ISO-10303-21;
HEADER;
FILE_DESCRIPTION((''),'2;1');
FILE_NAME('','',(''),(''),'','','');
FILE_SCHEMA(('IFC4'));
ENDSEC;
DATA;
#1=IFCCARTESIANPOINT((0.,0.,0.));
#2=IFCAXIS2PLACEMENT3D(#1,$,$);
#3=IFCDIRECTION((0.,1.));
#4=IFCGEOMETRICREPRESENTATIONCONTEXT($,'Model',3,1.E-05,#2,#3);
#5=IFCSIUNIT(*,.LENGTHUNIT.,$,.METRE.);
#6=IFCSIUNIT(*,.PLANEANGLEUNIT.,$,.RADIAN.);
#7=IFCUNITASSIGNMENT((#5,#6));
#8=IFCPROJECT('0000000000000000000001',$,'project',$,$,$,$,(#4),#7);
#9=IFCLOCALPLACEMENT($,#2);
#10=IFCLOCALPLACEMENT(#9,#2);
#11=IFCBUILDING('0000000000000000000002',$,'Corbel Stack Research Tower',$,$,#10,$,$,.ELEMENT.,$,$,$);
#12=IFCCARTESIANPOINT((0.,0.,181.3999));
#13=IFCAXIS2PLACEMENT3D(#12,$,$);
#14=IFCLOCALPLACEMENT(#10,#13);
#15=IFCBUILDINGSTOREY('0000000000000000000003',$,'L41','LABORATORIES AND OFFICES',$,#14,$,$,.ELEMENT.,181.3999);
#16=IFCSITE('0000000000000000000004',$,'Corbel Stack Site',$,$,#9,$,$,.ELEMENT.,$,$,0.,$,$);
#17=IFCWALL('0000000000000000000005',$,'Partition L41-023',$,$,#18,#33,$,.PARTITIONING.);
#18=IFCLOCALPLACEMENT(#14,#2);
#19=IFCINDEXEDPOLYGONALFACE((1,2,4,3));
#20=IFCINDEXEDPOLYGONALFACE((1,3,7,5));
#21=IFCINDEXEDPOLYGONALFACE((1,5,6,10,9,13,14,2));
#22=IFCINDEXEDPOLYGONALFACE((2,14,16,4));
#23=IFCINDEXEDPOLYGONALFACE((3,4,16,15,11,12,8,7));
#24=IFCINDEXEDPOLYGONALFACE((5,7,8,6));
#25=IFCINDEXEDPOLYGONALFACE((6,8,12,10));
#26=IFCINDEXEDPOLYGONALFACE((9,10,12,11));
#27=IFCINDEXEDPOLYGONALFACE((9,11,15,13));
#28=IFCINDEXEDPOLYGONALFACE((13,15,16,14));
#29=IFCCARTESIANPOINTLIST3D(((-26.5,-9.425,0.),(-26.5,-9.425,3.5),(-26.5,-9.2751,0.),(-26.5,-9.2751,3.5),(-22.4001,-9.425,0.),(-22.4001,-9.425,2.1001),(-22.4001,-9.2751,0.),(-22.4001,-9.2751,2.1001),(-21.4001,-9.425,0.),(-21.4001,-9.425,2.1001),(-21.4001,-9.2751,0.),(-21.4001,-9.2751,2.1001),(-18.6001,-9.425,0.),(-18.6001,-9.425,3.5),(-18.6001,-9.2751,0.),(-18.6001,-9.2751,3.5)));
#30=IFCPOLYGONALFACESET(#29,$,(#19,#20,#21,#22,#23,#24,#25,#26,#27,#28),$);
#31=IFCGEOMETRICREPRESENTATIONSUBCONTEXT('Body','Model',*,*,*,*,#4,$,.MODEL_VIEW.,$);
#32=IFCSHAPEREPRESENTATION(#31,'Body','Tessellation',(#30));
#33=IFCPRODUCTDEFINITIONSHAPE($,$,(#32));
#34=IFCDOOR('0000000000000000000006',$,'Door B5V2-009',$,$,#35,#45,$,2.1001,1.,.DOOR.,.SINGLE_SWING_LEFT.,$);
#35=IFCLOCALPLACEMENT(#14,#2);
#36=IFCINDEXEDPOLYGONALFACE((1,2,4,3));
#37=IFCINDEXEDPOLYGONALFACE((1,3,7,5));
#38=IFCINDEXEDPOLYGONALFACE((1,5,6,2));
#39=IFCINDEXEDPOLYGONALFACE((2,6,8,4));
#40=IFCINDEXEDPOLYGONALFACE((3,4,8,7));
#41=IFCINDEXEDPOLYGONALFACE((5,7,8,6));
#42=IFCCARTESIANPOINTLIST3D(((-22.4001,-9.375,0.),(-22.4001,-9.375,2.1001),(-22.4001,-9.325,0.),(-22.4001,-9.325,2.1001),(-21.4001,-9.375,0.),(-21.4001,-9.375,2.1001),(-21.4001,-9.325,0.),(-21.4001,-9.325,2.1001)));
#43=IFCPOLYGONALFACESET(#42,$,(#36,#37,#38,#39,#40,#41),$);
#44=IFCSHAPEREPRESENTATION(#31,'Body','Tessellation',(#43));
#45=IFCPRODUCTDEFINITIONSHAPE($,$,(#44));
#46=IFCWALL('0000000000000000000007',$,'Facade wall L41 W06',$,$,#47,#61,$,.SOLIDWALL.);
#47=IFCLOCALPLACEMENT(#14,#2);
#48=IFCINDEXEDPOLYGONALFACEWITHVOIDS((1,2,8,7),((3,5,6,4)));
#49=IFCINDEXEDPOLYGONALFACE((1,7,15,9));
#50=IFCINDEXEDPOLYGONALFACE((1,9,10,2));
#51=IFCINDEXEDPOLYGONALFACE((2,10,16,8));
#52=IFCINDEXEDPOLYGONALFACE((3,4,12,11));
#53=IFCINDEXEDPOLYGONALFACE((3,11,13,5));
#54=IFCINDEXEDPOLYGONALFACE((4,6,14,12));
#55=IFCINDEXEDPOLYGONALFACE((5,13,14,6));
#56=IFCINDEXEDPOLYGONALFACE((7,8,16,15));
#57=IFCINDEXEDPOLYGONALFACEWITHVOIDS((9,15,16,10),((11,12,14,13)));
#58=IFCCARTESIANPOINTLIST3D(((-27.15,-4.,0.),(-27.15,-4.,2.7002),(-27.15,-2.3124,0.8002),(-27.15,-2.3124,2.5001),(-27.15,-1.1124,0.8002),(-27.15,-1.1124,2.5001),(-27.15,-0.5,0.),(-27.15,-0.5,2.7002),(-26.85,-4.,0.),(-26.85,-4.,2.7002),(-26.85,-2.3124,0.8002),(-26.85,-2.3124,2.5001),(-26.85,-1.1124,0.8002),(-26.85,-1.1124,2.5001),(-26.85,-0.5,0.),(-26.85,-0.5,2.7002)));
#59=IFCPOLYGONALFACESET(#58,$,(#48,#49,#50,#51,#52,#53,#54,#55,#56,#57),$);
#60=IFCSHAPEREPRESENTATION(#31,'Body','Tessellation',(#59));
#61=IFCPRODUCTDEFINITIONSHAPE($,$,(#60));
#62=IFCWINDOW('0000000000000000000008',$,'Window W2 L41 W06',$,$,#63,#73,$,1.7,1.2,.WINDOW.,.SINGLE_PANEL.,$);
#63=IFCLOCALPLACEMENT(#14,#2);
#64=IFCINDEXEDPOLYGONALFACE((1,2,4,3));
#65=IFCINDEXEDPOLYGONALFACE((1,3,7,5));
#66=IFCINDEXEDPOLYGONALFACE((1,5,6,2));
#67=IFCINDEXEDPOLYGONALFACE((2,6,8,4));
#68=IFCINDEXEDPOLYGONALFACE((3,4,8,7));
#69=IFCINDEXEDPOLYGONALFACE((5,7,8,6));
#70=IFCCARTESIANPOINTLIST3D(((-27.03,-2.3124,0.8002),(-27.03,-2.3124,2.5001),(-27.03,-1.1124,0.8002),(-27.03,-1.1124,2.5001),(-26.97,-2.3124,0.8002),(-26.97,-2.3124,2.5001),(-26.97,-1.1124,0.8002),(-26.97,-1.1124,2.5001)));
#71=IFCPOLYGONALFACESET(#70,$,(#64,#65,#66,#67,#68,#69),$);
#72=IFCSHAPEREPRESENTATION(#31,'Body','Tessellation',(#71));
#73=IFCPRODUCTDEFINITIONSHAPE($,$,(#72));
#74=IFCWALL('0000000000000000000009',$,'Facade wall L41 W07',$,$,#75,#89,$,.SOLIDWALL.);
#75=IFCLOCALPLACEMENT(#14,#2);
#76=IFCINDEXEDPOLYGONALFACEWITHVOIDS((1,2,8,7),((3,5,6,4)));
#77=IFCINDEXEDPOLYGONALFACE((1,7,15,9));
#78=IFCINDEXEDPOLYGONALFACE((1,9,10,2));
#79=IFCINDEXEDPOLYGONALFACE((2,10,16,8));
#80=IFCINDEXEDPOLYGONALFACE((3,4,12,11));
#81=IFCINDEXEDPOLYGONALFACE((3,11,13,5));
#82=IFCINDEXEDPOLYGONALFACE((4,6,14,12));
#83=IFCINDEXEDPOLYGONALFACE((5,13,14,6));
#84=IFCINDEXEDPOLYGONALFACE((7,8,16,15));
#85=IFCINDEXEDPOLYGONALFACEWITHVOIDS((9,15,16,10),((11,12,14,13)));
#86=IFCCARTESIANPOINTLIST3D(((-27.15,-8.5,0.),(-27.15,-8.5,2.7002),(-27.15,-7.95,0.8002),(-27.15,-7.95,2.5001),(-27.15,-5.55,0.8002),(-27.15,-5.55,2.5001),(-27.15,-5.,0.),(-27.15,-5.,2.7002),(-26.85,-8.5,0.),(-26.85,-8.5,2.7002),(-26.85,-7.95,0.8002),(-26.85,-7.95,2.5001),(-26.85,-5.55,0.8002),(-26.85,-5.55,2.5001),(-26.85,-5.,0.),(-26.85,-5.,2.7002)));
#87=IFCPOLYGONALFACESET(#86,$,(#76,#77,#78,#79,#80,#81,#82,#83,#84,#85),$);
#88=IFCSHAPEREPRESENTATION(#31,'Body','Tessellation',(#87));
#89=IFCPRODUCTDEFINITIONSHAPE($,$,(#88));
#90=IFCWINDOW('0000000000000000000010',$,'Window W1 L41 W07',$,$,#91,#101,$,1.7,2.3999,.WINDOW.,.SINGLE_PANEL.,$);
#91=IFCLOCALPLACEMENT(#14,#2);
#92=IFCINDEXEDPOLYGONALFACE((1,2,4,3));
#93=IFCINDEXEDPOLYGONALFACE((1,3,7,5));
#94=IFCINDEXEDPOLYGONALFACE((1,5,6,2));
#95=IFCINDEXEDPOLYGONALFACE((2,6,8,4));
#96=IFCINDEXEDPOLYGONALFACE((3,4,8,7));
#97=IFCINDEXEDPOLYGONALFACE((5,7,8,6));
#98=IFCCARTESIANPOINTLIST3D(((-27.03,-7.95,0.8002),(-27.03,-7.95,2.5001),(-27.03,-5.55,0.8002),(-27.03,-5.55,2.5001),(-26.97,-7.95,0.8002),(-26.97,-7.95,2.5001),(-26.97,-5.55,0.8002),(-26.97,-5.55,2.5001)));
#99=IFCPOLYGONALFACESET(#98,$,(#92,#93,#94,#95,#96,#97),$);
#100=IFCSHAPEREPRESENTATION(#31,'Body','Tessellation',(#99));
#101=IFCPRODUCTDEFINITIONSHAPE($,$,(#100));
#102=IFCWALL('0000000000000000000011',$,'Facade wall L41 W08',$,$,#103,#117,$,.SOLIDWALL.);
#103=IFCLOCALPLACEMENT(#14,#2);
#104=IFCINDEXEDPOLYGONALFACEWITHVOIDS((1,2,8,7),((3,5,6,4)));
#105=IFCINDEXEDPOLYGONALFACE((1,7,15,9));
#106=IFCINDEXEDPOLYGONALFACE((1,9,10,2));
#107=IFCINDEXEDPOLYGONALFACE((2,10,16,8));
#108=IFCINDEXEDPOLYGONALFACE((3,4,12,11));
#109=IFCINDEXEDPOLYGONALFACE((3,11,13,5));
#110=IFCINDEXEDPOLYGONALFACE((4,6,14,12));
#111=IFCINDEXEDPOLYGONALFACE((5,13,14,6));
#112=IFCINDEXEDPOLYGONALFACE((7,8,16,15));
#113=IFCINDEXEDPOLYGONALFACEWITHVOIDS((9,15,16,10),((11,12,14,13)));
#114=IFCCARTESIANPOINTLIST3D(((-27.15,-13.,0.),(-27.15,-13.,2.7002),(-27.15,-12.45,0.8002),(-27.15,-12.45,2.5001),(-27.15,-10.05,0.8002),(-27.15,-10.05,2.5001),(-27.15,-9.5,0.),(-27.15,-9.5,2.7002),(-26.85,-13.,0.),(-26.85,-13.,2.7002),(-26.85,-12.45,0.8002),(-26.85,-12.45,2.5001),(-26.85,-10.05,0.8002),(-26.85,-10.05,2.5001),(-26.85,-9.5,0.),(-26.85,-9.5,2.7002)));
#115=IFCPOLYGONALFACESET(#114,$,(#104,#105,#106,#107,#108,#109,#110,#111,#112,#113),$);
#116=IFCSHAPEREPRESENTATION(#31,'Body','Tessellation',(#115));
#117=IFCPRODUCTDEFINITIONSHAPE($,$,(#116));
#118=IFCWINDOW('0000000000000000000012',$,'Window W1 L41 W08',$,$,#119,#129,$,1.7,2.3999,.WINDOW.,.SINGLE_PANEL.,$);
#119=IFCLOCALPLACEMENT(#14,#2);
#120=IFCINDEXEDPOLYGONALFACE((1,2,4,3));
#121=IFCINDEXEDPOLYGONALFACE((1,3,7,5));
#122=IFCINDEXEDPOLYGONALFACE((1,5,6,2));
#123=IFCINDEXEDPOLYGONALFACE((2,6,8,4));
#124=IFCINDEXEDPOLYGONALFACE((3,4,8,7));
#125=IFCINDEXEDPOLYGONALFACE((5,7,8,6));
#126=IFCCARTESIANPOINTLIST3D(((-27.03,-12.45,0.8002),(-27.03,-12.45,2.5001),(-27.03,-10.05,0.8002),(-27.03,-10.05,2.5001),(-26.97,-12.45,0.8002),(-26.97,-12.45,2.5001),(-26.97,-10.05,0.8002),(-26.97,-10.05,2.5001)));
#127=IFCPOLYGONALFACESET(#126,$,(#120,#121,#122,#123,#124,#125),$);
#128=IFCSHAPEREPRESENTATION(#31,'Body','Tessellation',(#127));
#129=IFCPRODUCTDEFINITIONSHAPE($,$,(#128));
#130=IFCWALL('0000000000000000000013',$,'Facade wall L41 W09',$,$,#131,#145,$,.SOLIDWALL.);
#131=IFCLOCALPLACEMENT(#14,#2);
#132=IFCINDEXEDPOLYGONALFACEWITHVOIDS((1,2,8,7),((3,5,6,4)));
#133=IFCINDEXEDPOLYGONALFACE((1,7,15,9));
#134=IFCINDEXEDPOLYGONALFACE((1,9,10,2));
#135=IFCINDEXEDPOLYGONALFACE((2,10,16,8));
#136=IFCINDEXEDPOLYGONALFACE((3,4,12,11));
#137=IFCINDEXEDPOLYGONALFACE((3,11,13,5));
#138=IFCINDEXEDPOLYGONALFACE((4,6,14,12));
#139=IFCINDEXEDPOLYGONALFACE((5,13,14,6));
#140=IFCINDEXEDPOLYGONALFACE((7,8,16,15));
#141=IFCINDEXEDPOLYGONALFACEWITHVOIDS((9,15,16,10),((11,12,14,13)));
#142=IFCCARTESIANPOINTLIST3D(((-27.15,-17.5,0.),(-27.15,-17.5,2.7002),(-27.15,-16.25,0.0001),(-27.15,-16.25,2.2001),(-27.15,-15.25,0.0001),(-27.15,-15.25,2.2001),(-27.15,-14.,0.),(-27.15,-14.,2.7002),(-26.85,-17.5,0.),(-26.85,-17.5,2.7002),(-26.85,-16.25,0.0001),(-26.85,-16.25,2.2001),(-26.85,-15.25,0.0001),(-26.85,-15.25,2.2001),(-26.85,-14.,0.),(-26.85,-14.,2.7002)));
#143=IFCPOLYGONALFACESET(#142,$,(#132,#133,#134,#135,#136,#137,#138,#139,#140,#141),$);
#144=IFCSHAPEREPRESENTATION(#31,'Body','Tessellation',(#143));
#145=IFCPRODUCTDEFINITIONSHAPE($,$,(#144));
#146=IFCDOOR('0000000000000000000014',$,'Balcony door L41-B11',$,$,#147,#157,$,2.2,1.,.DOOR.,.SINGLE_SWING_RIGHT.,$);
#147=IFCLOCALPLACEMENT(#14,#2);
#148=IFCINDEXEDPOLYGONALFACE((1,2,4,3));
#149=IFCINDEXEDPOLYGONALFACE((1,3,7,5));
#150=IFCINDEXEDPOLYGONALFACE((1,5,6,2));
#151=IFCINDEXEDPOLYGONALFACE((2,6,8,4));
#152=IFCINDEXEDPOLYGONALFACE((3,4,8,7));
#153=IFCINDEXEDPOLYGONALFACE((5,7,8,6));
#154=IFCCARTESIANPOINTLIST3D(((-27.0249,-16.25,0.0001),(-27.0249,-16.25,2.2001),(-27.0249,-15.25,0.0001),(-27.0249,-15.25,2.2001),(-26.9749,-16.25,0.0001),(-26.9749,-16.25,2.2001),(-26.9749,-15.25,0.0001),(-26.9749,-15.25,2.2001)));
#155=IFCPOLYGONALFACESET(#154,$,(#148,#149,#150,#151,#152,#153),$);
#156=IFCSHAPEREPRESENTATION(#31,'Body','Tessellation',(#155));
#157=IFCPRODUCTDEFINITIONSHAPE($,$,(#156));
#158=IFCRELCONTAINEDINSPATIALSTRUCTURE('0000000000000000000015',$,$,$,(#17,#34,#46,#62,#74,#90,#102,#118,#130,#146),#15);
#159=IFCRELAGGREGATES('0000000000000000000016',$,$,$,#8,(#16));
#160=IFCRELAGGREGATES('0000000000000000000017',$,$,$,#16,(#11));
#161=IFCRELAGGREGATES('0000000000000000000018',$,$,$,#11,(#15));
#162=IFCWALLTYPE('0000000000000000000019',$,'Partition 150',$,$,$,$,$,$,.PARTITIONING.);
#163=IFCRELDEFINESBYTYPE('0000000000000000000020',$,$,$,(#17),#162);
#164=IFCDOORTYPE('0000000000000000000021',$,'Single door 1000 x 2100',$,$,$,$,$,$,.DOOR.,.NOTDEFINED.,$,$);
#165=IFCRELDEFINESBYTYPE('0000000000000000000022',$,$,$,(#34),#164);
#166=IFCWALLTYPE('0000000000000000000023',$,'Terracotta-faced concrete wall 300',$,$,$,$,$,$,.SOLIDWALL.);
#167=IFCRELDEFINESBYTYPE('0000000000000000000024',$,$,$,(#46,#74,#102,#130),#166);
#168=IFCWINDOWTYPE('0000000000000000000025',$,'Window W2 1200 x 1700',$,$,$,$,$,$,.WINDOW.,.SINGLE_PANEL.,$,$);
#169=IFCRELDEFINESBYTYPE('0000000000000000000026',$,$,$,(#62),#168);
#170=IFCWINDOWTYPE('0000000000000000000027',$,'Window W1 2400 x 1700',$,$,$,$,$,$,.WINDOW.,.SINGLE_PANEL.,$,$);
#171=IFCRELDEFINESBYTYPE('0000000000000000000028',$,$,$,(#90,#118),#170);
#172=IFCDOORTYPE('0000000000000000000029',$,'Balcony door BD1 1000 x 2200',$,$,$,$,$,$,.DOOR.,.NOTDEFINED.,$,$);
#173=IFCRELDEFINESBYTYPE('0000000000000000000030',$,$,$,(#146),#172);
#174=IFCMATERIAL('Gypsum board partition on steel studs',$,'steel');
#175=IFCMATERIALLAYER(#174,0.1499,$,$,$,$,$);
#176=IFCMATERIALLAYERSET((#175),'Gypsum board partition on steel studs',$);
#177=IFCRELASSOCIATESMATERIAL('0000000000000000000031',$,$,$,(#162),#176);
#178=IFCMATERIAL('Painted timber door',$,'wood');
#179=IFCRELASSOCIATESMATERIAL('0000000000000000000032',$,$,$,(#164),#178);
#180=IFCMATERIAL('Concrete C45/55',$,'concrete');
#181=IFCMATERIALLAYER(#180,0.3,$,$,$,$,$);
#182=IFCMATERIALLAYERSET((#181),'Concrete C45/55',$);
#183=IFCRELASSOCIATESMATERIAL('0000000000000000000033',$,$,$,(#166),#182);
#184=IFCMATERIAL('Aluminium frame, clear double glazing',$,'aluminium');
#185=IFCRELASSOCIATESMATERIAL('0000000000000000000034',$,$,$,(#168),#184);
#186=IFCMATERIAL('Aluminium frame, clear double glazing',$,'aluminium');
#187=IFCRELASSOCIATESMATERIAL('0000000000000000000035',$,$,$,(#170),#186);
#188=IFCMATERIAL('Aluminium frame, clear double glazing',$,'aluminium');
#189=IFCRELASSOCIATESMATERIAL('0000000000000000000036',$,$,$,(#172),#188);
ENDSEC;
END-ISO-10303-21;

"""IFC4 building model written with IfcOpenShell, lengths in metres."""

from ifc_helpers import new_model, si_unit, direction, frame, frame_2d, origin, place, context, subcontext, project, spatial, rectangle, extrude, material, layer, layer_set, type_object, element, fill, save


model = new_model("IFC4")

# Units and contexts
model_context = context("Model", 3, precision=1e-05, world=origin(), true_north=direction((0.0, 1.0)))
body_context = subcontext(model_context, "Body", "Model", "MODEL_VIEW")
ifc_project = project(units=[si_unit("LENGTHUNIT", "METRE"), si_unit("PLANEANGLEUNIT", "RADIAN")], contexts=[model_context])

# Site, building, storey
site_placement = place(None, origin())
site = spatial("IfcSite", under=ifc_project, at=site_placement, Name="Corbel Stack Site", CompositionType="ELEMENT", RefElevation=0.0)
building_placement = place(site_placement, origin())
building = spatial("IfcBuilding", under=site, at=building_placement, Name="Corbel Stack Research Tower", CompositionType="ELEMENT")
storey_placement = place(building_placement, frame((0.0, 0.0, 181.3999)))
storey = spatial("IfcBuildingStorey", under=building, at=storey_placement, Name="L41", Description="LABORATORIES AND OFFICES", CompositionType="ELEMENT", Elevation=181.3999)

# Wall, opening, door
ifc_material_1 = material(Name="Gypsum board partition on steel studs", Category="steel")
ifc_layer_1 = layer(ifc_material_1, 0.1499)
ifc_layer_set_1 = layer_set([ifc_layer_1], Name="Gypsum board partition on steel studs")
wall_type_1 = type_object("IfcWallType", Name="Partition 150", PredefinedType="PARTITIONING", material=ifc_layer_set_1)
wall_1_placement = place(storey_placement, frame((-18.6001, -9.3501, 0.0), z_axis=(0.0, 0.0, 1.0), x_axis=(-1.0, 0.0, 0.0)))
wall_1 = element("IfcWall", 1, at=wall_1_placement, inside=storey, type_object=wall_type_1, Name="Partition L41-023", PredefinedType="PARTITIONING", context=body_context, shape_type="SweptSolid", body=[
    extrude(rectangle(XDim=7.8999, YDim=0.1499, at=frame_2d((3.95, 0.0))), origin(), (0.0, 0.0, 1.0), 3.5),
])
opening_1_placement = place(wall_1_placement, frame((2.8, 0.0, 0.0)))
opening_1 = element("IfcOpeningElement", 2, at=opening_1_placement, cuts=wall_1, PredefinedType="OPENING", context=body_context, shape_type="SweptSolid", body=[
    extrude(rectangle(XDim=1.0, YDim=2.1001, at=frame_2d((0.5, 1.05))), frame((0.0, 0.085, 0.0), z_axis=(0.0, -1.0, 0.0), x_axis=(1.0, 0.0, 0.0)), (0.0, 0.0, 1.0), 0.1699),
])
ifc_material_2 = material(Name="Painted timber door", Category="wood")
door_type_1 = type_object("IfcDoorType", Name="Single door 1000 x 2100", OperationType="NOTDEFINED", PredefinedType="DOOR", material=ifc_material_2)
door_1_placement = place(opening_1_placement, origin())
door_1 = element("IfcDoor", 3, at=door_1_placement, inside=storey, type_object=door_type_1, Name="Door B5V2-009", OperationType="SINGLE_SWING_LEFT", OverallHeight=2.1001, OverallWidth=1.0, PredefinedType="DOOR", context=body_context, shape_type="SweptSolid", body=[
    extrude(rectangle(XDim=1.0, YDim=2.1001, at=frame_2d((0.5, 1.05))), frame((0.0, 0.0249, 0.0), z_axis=(0.0, -1.0, 0.0), x_axis=(1.0, 0.0, 0.0)), (0.0, 0.0, 1.0), 0.05),
])
fill(opening_1, door_1)

# Walls, openings, windows
ifc_material_3 = material(Name="Concrete C45/55", Category="concrete")
ifc_layer_2 = layer(ifc_material_3, 0.3)
ifc_layer_set_2 = layer_set([ifc_layer_2], Name="Concrete C45/55")
wall_type_2 = type_object("IfcWallType", Name="Terracotta-faced concrete wall 300", PredefinedType="SOLIDWALL", material=ifc_layer_set_2)
wall_2_placement = place(storey_placement, frame((-27.0, -4.0, 0.0), z_axis=(0.0, 0.0, 1.0), x_axis=(0.0, 1.0, 0.0)))
wall_2 = element("IfcWall", 4, at=wall_2_placement, inside=storey, type_object=wall_type_2, Name="Facade wall L41 W06", PredefinedType="SOLIDWALL", context=body_context, shape_type="SweptSolid", body=[
    extrude(rectangle(XDim=3.5, YDim=0.3, at=frame_2d((1.75, 0.0))), origin(), (0.0, 0.0, 1.0), 2.7002),
])
opening_2_placement = place(wall_2_placement, frame((1.6875, 0.0, 0.8)))
opening_2 = element("IfcOpeningElement", 5, at=opening_2_placement, cuts=wall_2, PredefinedType="OPENING", context=body_context, shape_type="SweptSolid", body=[
    extrude(rectangle(XDim=1.2, YDim=1.7, at=frame_2d((0.6001, 0.8501))), frame((0.0, 0.1599, 0.0), z_axis=(0.0, -1.0, 0.0), x_axis=(1.0, 0.0, 0.0)), (0.0, 0.0, 1.0), 0.3201),
])
ifc_material_4 = material(Name="Aluminium frame, clear double glazing", Category="aluminium")
window_type_1 = type_object("IfcWindowType", Name="Window W2 1200 x 1700", PartitioningType="SINGLE_PANEL", PredefinedType="WINDOW", material=ifc_material_4)
window_1_placement = place(opening_2_placement, origin())
window_1 = element("IfcWindow", 6, at=window_1_placement, inside=storey, type_object=window_type_1, Name="Window W2 L41 W06", OverallHeight=1.7, OverallWidth=1.2, PartitioningType="SINGLE_PANEL", PredefinedType="WINDOW", context=body_context, shape_type="SweptSolid", body=[
    extrude(rectangle(XDim=1.2, YDim=1.7, at=frame_2d((0.6001, 0.8501))), frame((0.0, 0.03, 0.0), z_axis=(0.0, -1.0, 0.0), x_axis=(1.0, 0.0, 0.0)), (0.0, 0.0, 1.0), 0.0601),
])
fill(opening_2, window_1)
wall_3_placement = place(storey_placement, frame((-27.0, -8.5, 0.0), z_axis=(0.0, 0.0, 1.0), x_axis=(0.0, 1.0, 0.0)))
wall_3 = element("IfcWall", 7, at=wall_3_placement, inside=storey, type_object=wall_type_2, Name="Facade wall L41 W07", PredefinedType="SOLIDWALL", context=body_context, shape_type="SweptSolid", body=[
    extrude(rectangle(XDim=3.5, YDim=0.3, at=frame_2d((1.75, 0.0))), origin(), (0.0, 0.0, 1.0), 2.7002),
])
opening_3_placement = place(wall_3_placement, frame((0.55, 0.0, 0.8)))
opening_3 = element("IfcOpeningElement", 8, at=opening_3_placement, cuts=wall_3, PredefinedType="OPENING", context=body_context, shape_type="SweptSolid", body=[
    extrude(rectangle(XDim=2.3999, YDim=1.7, at=frame_2d((1.2, 0.8501))), frame((0.0, 0.1599, 0.0), z_axis=(0.0, -1.0, 0.0), x_axis=(1.0, 0.0, 0.0)), (0.0, 0.0, 1.0), 0.3201),
])
ifc_material_5 = material(Name="Aluminium frame, clear double glazing", Category="aluminium")
window_type_2 = type_object("IfcWindowType", Name="Window W1 2400 x 1700", PartitioningType="SINGLE_PANEL", PredefinedType="WINDOW", material=ifc_material_5)
window_2_placement = place(opening_3_placement, origin())
window_2 = element("IfcWindow", 9, at=window_2_placement, inside=storey, type_object=window_type_2, Name="Window W1 L41 W07", OverallHeight=1.7, OverallWidth=2.3999, PartitioningType="SINGLE_PANEL", PredefinedType="WINDOW", context=body_context, shape_type="SweptSolid", body=[
    extrude(rectangle(XDim=2.3999, YDim=1.7, at=frame_2d((1.2, 0.8501))), frame((0.0, 0.03, 0.0), z_axis=(0.0, -1.0, 0.0), x_axis=(1.0, 0.0, 0.0)), (0.0, 0.0, 1.0), 0.0601),
])
fill(opening_3, window_2)
wall_4_placement = place(storey_placement, frame((-27.0, -13.0, 0.0), z_axis=(0.0, 0.0, 1.0), x_axis=(0.0, 1.0, 0.0)))
wall_4 = element("IfcWall", 10, at=wall_4_placement, inside=storey, type_object=wall_type_2, Name="Facade wall L41 W08", PredefinedType="SOLIDWALL", context=body_context, shape_type="SweptSolid", body=[
    extrude(rectangle(XDim=3.5, YDim=0.3, at=frame_2d((1.75, 0.0))), origin(), (0.0, 0.0, 1.0), 2.7002),
])
opening_4_placement = place(wall_4_placement, frame((0.55, 0.0, 0.8)))
opening_4 = element("IfcOpeningElement", 11, at=opening_4_placement, cuts=wall_4, PredefinedType="OPENING", context=body_context, shape_type="SweptSolid", body=[
    extrude(rectangle(XDim=2.3999, YDim=1.7, at=frame_2d((1.2, 0.8501))), frame((0.0, 0.1599, 0.0), z_axis=(0.0, -1.0, 0.0), x_axis=(1.0, 0.0, 0.0)), (0.0, 0.0, 1.0), 0.3201),
])
window_3_placement = place(opening_4_placement, origin())
window_3 = element("IfcWindow", 12, at=window_3_placement, inside=storey, type_object=window_type_2, Name="Window W1 L41 W08", OverallHeight=1.7, OverallWidth=2.3999, PartitioningType="SINGLE_PANEL", PredefinedType="WINDOW", context=body_context, shape_type="SweptSolid", body=[
    extrude(rectangle(XDim=2.3999, YDim=1.7, at=frame_2d((1.2, 0.8501))), frame((0.0, 0.03, 0.0), z_axis=(0.0, -1.0, 0.0), x_axis=(1.0, 0.0, 0.0)), (0.0, 0.0, 1.0), 0.0601),
])
fill(opening_4, window_3)

# Wall, opening, door
wall_5_placement = place(storey_placement, frame((-27.0, -17.5, 0.0), z_axis=(0.0, 0.0, 1.0), x_axis=(0.0, 1.0, 0.0)))
wall_5 = element("IfcWall", 13, at=wall_5_placement, inside=storey, type_object=wall_type_2, Name="Facade wall L41 W09", PredefinedType="SOLIDWALL", context=body_context, shape_type="SweptSolid", body=[
    extrude(rectangle(XDim=3.5, YDim=0.3, at=frame_2d((1.75, 0.0))), origin(), (0.0, 0.0, 1.0), 2.7002),
])
opening_5_placement = place(wall_5_placement, frame((1.25, 0.0, 0.0)))
opening_5 = element("IfcOpeningElement", 14, at=opening_5_placement, cuts=wall_5, PredefinedType="OPENING", context=body_context, shape_type="SweptSolid", body=[
    extrude(rectangle(XDim=1.0, YDim=2.2, at=frame_2d((0.5, 1.1001))), frame((0.0, 0.1599, 0.0), z_axis=(0.0, -1.0, 0.0), x_axis=(1.0, 0.0, 0.0)), (0.0, 0.0, 1.0), 0.3201),
])
ifc_material_6 = material(Name="Aluminium frame, clear double glazing", Category="aluminium")
door_type_2 = type_object("IfcDoorType", Name="Balcony door BD1 1000 x 2200", OperationType="NOTDEFINED", PredefinedType="DOOR", material=ifc_material_6)
door_2_placement = place(opening_5_placement, origin())
door_2 = element("IfcDoor", 15, at=door_2_placement, inside=storey, type_object=door_type_2, Name="Balcony door L41-B11", OperationType="SINGLE_SWING_RIGHT", OverallHeight=2.2, OverallWidth=1.0, PredefinedType="DOOR", context=body_context, shape_type="SweptSolid", body=[
    extrude(rectangle(XDim=1.0, YDim=2.2, at=frame_2d((0.5, 1.1001))), frame((0.0, 0.0249, 0.0), z_axis=(0.0, -1.0, 0.0), x_axis=(1.0, 0.0, 0.0)), (0.0, 0.0, 1.0), 0.05),
])
fill(opening_5, door_2)

save(model, "model.ifc")
